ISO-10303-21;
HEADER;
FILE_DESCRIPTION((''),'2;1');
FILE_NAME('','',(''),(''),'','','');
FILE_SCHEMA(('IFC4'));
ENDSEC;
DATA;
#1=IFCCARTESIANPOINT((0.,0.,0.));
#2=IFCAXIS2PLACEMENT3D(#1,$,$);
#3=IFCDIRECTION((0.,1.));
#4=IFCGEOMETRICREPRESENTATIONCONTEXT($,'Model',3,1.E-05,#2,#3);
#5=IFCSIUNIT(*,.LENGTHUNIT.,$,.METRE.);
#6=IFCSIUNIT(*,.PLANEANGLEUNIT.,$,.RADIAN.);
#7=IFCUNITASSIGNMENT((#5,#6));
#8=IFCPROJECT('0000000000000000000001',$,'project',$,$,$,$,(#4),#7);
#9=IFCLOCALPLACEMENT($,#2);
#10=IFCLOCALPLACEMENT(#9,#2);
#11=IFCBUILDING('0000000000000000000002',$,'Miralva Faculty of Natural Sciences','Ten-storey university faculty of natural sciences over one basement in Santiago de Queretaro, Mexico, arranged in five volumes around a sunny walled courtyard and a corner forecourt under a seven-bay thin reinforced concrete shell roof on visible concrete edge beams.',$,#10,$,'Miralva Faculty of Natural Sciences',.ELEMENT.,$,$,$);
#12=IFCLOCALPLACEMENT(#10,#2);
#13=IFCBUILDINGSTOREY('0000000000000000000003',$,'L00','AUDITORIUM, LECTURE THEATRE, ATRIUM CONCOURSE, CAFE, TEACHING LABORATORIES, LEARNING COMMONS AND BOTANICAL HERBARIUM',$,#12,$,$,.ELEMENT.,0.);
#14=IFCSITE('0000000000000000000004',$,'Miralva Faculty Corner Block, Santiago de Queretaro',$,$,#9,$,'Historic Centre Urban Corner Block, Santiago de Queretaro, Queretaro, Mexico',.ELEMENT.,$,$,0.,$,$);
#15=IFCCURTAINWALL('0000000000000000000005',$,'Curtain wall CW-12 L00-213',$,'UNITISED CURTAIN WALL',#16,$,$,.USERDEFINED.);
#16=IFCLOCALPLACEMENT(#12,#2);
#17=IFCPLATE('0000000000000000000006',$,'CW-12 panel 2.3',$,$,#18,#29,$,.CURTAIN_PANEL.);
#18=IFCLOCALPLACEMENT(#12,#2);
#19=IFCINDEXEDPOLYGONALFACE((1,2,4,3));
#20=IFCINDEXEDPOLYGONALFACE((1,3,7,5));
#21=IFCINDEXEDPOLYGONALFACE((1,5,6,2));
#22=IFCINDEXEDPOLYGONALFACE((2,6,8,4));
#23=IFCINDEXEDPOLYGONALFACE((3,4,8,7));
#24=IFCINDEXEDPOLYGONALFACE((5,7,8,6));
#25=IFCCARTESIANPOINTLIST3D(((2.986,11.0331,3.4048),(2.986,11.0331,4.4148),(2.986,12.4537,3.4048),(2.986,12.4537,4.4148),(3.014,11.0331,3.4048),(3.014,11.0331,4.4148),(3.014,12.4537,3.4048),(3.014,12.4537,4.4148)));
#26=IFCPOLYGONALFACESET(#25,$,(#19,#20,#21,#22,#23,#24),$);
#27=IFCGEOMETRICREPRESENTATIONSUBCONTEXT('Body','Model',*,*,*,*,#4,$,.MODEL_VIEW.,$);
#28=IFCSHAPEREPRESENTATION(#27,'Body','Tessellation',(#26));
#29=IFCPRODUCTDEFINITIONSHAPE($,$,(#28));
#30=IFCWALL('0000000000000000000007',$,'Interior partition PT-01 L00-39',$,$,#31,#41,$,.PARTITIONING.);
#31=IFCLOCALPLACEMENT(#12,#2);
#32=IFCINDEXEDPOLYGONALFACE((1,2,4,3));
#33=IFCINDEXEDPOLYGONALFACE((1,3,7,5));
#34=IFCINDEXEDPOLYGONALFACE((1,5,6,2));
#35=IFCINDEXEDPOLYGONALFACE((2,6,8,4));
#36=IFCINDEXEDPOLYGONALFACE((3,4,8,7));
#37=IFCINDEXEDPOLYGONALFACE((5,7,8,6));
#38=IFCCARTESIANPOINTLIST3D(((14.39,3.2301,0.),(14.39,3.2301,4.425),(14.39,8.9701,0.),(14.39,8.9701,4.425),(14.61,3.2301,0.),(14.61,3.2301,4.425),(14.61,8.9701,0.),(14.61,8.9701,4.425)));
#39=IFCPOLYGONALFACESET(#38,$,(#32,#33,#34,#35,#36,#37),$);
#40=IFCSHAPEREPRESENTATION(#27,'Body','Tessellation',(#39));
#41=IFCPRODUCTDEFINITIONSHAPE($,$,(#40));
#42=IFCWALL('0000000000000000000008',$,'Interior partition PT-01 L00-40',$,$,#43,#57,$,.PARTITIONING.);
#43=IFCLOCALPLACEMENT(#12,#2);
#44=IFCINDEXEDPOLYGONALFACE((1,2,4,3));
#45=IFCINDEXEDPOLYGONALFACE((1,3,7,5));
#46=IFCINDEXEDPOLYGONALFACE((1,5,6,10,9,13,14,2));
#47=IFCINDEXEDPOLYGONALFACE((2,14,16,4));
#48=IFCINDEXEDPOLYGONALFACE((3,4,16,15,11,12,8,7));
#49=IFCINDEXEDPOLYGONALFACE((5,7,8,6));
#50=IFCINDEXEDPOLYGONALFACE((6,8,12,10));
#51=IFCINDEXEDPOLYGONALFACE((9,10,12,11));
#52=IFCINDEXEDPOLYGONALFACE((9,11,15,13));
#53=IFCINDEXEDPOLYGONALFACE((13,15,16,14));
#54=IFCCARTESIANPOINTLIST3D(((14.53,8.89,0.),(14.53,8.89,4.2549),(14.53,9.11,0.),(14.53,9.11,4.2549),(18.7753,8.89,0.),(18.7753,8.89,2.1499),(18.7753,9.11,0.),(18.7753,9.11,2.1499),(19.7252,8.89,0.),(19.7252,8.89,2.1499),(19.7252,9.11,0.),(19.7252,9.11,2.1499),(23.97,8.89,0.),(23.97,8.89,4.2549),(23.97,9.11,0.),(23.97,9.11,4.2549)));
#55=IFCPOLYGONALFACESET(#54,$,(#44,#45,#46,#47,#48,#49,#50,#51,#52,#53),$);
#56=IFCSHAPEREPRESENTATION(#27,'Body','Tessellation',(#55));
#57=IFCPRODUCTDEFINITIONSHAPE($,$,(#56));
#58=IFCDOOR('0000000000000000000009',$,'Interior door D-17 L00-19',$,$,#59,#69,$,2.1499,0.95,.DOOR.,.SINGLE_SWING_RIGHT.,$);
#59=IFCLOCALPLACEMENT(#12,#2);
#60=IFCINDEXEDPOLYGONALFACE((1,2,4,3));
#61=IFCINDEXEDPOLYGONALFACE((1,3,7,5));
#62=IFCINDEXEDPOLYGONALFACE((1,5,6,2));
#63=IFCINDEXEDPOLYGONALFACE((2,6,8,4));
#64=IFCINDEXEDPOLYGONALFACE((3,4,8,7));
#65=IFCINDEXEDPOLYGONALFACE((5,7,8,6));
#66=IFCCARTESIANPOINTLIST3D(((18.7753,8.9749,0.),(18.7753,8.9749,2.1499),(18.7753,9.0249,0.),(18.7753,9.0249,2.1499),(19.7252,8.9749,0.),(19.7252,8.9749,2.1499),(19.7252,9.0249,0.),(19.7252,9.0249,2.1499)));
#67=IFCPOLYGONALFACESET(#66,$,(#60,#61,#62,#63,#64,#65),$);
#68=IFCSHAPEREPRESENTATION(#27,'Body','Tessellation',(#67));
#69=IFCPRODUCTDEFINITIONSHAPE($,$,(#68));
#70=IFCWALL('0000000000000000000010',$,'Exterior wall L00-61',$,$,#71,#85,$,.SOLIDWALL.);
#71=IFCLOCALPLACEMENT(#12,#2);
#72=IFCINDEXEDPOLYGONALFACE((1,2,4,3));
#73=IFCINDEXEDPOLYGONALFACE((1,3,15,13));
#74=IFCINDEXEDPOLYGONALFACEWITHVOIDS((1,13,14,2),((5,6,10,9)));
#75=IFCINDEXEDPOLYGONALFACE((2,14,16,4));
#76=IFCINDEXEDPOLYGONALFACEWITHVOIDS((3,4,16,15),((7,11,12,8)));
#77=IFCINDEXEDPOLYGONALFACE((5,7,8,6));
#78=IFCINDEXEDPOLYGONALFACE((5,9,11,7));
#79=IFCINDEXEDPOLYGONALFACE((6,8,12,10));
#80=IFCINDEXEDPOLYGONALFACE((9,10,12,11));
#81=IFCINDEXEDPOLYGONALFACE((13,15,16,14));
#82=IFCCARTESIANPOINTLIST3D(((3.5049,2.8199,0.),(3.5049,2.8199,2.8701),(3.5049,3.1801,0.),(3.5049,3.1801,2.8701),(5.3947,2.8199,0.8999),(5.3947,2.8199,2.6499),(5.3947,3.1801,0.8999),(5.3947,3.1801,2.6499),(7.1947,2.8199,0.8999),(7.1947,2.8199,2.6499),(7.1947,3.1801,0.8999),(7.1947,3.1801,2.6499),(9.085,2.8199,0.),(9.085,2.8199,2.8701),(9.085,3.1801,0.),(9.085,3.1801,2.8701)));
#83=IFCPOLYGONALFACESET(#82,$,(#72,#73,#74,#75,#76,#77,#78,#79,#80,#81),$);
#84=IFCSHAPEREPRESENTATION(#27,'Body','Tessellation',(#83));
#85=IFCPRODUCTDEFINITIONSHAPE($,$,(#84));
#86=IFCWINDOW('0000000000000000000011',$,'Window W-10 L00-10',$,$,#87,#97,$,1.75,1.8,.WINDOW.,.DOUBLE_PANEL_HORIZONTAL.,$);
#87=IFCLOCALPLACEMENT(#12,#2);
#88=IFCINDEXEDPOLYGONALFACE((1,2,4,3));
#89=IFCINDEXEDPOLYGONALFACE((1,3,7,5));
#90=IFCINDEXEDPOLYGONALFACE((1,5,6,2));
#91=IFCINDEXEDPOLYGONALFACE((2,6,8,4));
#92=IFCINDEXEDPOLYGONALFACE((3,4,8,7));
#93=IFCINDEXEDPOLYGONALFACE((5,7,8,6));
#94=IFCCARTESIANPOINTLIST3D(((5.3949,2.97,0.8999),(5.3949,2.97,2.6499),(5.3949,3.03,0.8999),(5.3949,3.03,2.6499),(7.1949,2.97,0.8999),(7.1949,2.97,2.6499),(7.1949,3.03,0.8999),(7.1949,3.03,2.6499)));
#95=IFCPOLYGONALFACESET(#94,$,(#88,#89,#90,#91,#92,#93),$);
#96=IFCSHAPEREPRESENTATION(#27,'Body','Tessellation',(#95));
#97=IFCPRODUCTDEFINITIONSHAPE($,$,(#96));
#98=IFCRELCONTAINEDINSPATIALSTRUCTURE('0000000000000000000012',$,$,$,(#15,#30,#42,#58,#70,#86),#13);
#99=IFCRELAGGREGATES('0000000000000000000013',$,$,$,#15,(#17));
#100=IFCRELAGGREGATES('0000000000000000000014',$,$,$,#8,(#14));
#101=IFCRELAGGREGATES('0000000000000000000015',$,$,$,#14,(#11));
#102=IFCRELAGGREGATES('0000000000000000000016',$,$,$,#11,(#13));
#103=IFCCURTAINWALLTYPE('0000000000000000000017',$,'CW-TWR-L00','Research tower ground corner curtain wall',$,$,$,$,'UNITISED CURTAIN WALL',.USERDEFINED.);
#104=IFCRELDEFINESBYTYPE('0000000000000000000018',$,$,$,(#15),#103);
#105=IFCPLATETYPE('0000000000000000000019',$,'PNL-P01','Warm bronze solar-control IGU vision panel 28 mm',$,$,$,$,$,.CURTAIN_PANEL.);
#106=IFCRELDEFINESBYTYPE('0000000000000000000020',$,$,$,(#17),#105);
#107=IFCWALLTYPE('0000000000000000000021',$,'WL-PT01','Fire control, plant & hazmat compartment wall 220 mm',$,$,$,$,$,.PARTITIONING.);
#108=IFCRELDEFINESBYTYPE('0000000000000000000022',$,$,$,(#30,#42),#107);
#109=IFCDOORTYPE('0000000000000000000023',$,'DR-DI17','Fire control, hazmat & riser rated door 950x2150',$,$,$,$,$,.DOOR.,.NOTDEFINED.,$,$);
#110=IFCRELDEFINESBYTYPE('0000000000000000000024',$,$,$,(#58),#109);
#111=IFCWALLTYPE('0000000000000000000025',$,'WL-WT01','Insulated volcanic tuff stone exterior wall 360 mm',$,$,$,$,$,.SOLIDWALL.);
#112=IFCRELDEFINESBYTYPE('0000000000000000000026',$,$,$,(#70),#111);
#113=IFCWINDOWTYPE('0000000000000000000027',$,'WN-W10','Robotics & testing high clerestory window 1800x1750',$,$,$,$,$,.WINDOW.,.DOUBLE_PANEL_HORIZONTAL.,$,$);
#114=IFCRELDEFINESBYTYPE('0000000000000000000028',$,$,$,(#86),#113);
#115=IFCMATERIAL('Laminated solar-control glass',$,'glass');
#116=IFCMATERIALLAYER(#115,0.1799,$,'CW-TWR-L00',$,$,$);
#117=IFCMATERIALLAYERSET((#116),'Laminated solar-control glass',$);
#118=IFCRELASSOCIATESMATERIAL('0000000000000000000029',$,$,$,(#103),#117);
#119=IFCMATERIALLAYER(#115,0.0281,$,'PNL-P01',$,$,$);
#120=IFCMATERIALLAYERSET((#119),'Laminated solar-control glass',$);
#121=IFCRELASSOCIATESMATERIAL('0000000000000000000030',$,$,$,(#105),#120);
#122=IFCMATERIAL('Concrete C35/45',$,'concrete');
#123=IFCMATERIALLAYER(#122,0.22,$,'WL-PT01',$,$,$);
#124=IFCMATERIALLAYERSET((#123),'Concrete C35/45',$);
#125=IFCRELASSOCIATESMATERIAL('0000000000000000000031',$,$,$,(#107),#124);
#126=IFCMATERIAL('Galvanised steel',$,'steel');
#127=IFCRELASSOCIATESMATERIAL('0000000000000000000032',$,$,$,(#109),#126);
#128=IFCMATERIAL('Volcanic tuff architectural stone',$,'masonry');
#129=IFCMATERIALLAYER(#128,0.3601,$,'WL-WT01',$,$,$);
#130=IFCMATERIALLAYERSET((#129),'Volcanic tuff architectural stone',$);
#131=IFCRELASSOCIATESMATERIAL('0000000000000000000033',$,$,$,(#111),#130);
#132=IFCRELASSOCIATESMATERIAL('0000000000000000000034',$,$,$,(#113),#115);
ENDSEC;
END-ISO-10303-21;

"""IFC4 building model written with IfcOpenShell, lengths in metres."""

from ifc_helpers import new_model, si_unit, direction, frame, frame_2d, origin, origin_2d, place, context, subcontext, project, spatial, rectangle, extrude, material, layer, layer_set, type_object, element, fill, aggregate, save


model = new_model("IFC4")

# Units and contexts
model_context = context("Model", 3, precision=1e-05, world=origin(), true_north=direction((0.0, 1.0)))
body_context = subcontext(model_context, "Body", "Model", "MODEL_VIEW")
ifc_project = project(units=[si_unit("LENGTHUNIT", "METRE"), si_unit("PLANEANGLEUNIT", "RADIAN")], contexts=[model_context])

# Site, building, storey
site_placement = place(None, origin())
site = spatial("IfcSite", under=ifc_project, at=site_placement, Name="Miralva Faculty Corner Block, Santiago de Queretaro", LongName="Historic Centre Urban Corner Block, Santiago de Queretaro, Queretaro, Mexico", CompositionType="ELEMENT", RefElevation=0.0)
building_placement = place(site_placement, origin())
building = spatial("IfcBuilding", under=site, at=building_placement, Name="Miralva Faculty of Natural Sciences", Description="Ten-storey university faculty of natural sciences over one basement in Santiago de Queretaro, Mexico, arranged in five volumes around a sunny walled courtyard and a corner forecourt under a seven-bay thin reinforced concrete shell roof on visible concrete edge beams.", LongName="Miralva Faculty of Natural Sciences", CompositionType="ELEMENT")
storey_placement = place(building_placement, origin())
storey = spatial("IfcBuildingStorey", under=building, at=storey_placement, Name="L00", Description="AUDITORIUM, LECTURE THEATRE, ATRIUM CONCOURSE, CAFE, TEACHING LABORATORIES, LEARNING COMMONS AND BOTANICAL HERBARIUM", CompositionType="ELEMENT", Elevation=0.0)

# Curtain wall, plate
ifc_material_1 = material(Name="Laminated solar-control glass", Category="glass")
ifc_layer_1 = layer(ifc_material_1, 0.1799, Name="CW-TWR-L00")
ifc_layer_set_1 = layer_set([ifc_layer_1], Name="Laminated solar-control glass")
curtain_wall_type = type_object("IfcCurtainWallType", Name="CW-TWR-L00", Description="Research tower ground corner curtain wall", ElementType="UNITISED CURTAIN WALL", PredefinedType="USERDEFINED", material=ifc_layer_set_1)
curtain_wall_placement = place(storey_placement, origin())
curtain_wall = element("IfcCurtainWall", 1, at=curtain_wall_placement, inside=storey, type_object=curtain_wall_type, Name="Curtain wall CW-12 L00-213", ObjectType="UNITISED CURTAIN WALL", PredefinedType="USERDEFINED")
ifc_layer_2 = layer(ifc_material_1, 0.0281, Name="PNL-P01")
ifc_layer_set_2 = layer_set([ifc_layer_2], Name="Laminated solar-control glass")
plate_type = type_object("IfcPlateType", Name="PNL-P01", Description="Warm bronze solar-control IGU vision panel 28 mm", PredefinedType="CURTAIN_PANEL", material=ifc_layer_set_2)
plate_1_placement = place(storey_placement, frame((3.0, 11.7434, 3.4048), z_axis=(0.0, 0.0, 1.0), x_axis=(0.0, 1.0, 0.0)))
plate_1 = element("IfcPlate", 2, at=plate_1_placement, type_object=plate_type, Name="CW-12 panel 2.3", PredefinedType="CURTAIN_PANEL", context=body_context, shape_type="SweptSolid", body=[
    extrude(rectangle(XDim=1.4207, YDim=0.0281, at=origin_2d()), origin(), (0.0, 0.0, 1.0), 1.01),
])
aggregate(curtain_wall, [plate_1])

# Wall
ifc_material_2 = material(Name="Concrete C35/45", Category="concrete")
ifc_layer_3 = layer(ifc_material_2, 0.22, Name="WL-PT01")
ifc_layer_set_3 = layer_set([ifc_layer_3], Name="Concrete C35/45")
wall_type_1 = type_object("IfcWallType", Name="WL-PT01", Description="Fire control, plant & hazmat compartment wall 220 mm", PredefinedType="PARTITIONING", material=ifc_layer_set_3)
wall_1_placement = place(storey_placement, frame((14.5, 3.23, 0.0), z_axis=(0.0, 0.0, 1.0), x_axis=(0.0, 1.0, 0.0)))
element("IfcWall", 3, at=wall_1_placement, inside=storey, type_object=wall_type_1, Name="Interior partition PT-01 L00-39", PredefinedType="PARTITIONING", context=body_context, shape_type="SweptSolid", body=[
    extrude(rectangle(XDim=5.74, YDim=0.22, at=frame_2d((2.8701, 0.0))), origin(), (0.0, 0.0, 1.0), 4.425),
])

# Wall, opening, door
wall_2_placement = place(storey_placement, frame((14.53, 9.0, 0.0), z_axis=(0.0, 0.0, 1.0), x_axis=(1.0, 0.0, 0.0)))
wall_2 = element("IfcWall", 4, at=wall_2_placement, inside=storey, type_object=wall_type_1, Name="Interior partition PT-01 L00-40", PredefinedType="PARTITIONING", context=body_context, shape_type="SweptSolid", body=[
    extrude(rectangle(XDim=9.4399, YDim=0.22, at=frame_2d((4.72, 0.0))), origin(), (0.0, 0.0, 1.0), 4.2549),
])
opening_1_placement = place(wall_2_placement, frame((4.2451, 0.0, 0.0)))
opening_1 = element("IfcOpeningElement", 5, at=opening_1_placement, cuts=wall_2, PredefinedType="OPENING", context=body_context, shape_type="SweptSolid", body=[
    extrude(rectangle(XDim=0.95, YDim=2.1499, at=frame_2d((0.4751, 1.075))), frame((0.0, 0.1199, 0.0), z_axis=(0.0, -1.0, 0.0), x_axis=(1.0, 0.0, 0.0)), (0.0, 0.0, 1.0), 0.24),
])
ifc_material_3 = material(Name="Galvanised steel", Category="steel")
door_type_1 = type_object("IfcDoorType", Name="DR-DI17", Description="Fire control, hazmat & riser rated door 950x2150", OperationType="NOTDEFINED", PredefinedType="DOOR", material=ifc_material_3)
door_1_placement = place(opening_1_placement, origin())
door_1 = element("IfcDoor", 6, at=door_1_placement, inside=storey, type_object=door_type_1, Name="Interior door D-17 L00-19", OperationType="SINGLE_SWING_RIGHT", OverallHeight=2.1499, OverallWidth=0.95, PredefinedType="DOOR", context=body_context, shape_type="SweptSolid", body=[
    extrude(rectangle(XDim=0.95, YDim=2.1499, at=frame_2d((0.4751, 1.075))), frame((0.0, 0.0249, 0.0), z_axis=(0.0, -1.0, 0.0), x_axis=(1.0, 0.0, 0.0)), (0.0, 0.0, 1.0), 0.05),
])
fill(opening_1, door_1)

# Wall, opening, window
ifc_material_4 = material(Name="Volcanic tuff architectural stone", Category="masonry")
ifc_layer_4 = layer(ifc_material_4, 0.3601, Name="WL-WT01")
ifc_layer_set_4 = layer_set([ifc_layer_4], Name="Volcanic tuff architectural stone")
wall_type_2 = type_object("IfcWallType", Name="WL-WT01", Description="Insulated volcanic tuff stone exterior wall 360 mm", PredefinedType="SOLIDWALL", material=ifc_layer_set_4)
wall_3_placement = place(storey_placement, frame((3.5049, 3.0, 0.0), z_axis=(0.0, 0.0, 1.0), x_axis=(1.0, 0.0, 0.0)))
wall_3 = element("IfcWall", 7, at=wall_3_placement, inside=storey, type_object=wall_type_2, Name="Exterior wall L00-61", PredefinedType="SOLIDWALL", context=body_context, shape_type="SweptSolid", body=[
    extrude(rectangle(XDim=5.5801, YDim=0.3601, at=frame_2d((2.79, 0.0))), origin(), (0.0, 0.0, 1.0), 2.8701),
])
opening_2_placement = place(wall_3_placement, frame((1.8899, 0.0, 0.8999)))
opening_2 = element("IfcOpeningElement", 8, at=opening_2_placement, cuts=wall_3, PredefinedType="OPENING", context=body_context, shape_type="SweptSolid", body=[
    extrude(rectangle(XDim=1.8, YDim=1.75, at=frame_2d((0.8999, 0.875))), frame((0.0, 0.1899, 0.0), z_axis=(0.0, -1.0, 0.0), x_axis=(1.0, 0.0, 0.0)), (0.0, 0.0, 1.0), 0.3801),
])
window_type = type_object("IfcWindowType", Name="WN-W10", Description="Robotics & testing high clerestory window 1800x1750", PartitioningType="DOUBLE_PANEL_HORIZONTAL", PredefinedType="WINDOW", material=ifc_material_1)
window_placement = place(opening_2_placement, frame((1.8, 0.0, 0.0), z_axis=(0.0, 0.0, 1.0), x_axis=(-1.0, 0.0, 0.0)))
window = element("IfcWindow", 9, at=window_placement, inside=storey, type_object=window_type, Name="Window W-10 L00-10", OverallHeight=1.75, OverallWidth=1.8, PartitioningType="DOUBLE_PANEL_HORIZONTAL", PredefinedType="WINDOW", context=body_context, shape_type="SweptSolid", body=[
    extrude(rectangle(XDim=1.8, YDim=1.75, at=frame_2d((0.8999, 0.875))), frame((0.0, 0.03, 0.0), z_axis=(0.0, -1.0, 0.0), x_axis=(1.0, 0.0, 0.0)), (0.0, 0.0, 1.0), 0.0601),
])
fill(opening_2, window)

save(model, "model.ifc")
